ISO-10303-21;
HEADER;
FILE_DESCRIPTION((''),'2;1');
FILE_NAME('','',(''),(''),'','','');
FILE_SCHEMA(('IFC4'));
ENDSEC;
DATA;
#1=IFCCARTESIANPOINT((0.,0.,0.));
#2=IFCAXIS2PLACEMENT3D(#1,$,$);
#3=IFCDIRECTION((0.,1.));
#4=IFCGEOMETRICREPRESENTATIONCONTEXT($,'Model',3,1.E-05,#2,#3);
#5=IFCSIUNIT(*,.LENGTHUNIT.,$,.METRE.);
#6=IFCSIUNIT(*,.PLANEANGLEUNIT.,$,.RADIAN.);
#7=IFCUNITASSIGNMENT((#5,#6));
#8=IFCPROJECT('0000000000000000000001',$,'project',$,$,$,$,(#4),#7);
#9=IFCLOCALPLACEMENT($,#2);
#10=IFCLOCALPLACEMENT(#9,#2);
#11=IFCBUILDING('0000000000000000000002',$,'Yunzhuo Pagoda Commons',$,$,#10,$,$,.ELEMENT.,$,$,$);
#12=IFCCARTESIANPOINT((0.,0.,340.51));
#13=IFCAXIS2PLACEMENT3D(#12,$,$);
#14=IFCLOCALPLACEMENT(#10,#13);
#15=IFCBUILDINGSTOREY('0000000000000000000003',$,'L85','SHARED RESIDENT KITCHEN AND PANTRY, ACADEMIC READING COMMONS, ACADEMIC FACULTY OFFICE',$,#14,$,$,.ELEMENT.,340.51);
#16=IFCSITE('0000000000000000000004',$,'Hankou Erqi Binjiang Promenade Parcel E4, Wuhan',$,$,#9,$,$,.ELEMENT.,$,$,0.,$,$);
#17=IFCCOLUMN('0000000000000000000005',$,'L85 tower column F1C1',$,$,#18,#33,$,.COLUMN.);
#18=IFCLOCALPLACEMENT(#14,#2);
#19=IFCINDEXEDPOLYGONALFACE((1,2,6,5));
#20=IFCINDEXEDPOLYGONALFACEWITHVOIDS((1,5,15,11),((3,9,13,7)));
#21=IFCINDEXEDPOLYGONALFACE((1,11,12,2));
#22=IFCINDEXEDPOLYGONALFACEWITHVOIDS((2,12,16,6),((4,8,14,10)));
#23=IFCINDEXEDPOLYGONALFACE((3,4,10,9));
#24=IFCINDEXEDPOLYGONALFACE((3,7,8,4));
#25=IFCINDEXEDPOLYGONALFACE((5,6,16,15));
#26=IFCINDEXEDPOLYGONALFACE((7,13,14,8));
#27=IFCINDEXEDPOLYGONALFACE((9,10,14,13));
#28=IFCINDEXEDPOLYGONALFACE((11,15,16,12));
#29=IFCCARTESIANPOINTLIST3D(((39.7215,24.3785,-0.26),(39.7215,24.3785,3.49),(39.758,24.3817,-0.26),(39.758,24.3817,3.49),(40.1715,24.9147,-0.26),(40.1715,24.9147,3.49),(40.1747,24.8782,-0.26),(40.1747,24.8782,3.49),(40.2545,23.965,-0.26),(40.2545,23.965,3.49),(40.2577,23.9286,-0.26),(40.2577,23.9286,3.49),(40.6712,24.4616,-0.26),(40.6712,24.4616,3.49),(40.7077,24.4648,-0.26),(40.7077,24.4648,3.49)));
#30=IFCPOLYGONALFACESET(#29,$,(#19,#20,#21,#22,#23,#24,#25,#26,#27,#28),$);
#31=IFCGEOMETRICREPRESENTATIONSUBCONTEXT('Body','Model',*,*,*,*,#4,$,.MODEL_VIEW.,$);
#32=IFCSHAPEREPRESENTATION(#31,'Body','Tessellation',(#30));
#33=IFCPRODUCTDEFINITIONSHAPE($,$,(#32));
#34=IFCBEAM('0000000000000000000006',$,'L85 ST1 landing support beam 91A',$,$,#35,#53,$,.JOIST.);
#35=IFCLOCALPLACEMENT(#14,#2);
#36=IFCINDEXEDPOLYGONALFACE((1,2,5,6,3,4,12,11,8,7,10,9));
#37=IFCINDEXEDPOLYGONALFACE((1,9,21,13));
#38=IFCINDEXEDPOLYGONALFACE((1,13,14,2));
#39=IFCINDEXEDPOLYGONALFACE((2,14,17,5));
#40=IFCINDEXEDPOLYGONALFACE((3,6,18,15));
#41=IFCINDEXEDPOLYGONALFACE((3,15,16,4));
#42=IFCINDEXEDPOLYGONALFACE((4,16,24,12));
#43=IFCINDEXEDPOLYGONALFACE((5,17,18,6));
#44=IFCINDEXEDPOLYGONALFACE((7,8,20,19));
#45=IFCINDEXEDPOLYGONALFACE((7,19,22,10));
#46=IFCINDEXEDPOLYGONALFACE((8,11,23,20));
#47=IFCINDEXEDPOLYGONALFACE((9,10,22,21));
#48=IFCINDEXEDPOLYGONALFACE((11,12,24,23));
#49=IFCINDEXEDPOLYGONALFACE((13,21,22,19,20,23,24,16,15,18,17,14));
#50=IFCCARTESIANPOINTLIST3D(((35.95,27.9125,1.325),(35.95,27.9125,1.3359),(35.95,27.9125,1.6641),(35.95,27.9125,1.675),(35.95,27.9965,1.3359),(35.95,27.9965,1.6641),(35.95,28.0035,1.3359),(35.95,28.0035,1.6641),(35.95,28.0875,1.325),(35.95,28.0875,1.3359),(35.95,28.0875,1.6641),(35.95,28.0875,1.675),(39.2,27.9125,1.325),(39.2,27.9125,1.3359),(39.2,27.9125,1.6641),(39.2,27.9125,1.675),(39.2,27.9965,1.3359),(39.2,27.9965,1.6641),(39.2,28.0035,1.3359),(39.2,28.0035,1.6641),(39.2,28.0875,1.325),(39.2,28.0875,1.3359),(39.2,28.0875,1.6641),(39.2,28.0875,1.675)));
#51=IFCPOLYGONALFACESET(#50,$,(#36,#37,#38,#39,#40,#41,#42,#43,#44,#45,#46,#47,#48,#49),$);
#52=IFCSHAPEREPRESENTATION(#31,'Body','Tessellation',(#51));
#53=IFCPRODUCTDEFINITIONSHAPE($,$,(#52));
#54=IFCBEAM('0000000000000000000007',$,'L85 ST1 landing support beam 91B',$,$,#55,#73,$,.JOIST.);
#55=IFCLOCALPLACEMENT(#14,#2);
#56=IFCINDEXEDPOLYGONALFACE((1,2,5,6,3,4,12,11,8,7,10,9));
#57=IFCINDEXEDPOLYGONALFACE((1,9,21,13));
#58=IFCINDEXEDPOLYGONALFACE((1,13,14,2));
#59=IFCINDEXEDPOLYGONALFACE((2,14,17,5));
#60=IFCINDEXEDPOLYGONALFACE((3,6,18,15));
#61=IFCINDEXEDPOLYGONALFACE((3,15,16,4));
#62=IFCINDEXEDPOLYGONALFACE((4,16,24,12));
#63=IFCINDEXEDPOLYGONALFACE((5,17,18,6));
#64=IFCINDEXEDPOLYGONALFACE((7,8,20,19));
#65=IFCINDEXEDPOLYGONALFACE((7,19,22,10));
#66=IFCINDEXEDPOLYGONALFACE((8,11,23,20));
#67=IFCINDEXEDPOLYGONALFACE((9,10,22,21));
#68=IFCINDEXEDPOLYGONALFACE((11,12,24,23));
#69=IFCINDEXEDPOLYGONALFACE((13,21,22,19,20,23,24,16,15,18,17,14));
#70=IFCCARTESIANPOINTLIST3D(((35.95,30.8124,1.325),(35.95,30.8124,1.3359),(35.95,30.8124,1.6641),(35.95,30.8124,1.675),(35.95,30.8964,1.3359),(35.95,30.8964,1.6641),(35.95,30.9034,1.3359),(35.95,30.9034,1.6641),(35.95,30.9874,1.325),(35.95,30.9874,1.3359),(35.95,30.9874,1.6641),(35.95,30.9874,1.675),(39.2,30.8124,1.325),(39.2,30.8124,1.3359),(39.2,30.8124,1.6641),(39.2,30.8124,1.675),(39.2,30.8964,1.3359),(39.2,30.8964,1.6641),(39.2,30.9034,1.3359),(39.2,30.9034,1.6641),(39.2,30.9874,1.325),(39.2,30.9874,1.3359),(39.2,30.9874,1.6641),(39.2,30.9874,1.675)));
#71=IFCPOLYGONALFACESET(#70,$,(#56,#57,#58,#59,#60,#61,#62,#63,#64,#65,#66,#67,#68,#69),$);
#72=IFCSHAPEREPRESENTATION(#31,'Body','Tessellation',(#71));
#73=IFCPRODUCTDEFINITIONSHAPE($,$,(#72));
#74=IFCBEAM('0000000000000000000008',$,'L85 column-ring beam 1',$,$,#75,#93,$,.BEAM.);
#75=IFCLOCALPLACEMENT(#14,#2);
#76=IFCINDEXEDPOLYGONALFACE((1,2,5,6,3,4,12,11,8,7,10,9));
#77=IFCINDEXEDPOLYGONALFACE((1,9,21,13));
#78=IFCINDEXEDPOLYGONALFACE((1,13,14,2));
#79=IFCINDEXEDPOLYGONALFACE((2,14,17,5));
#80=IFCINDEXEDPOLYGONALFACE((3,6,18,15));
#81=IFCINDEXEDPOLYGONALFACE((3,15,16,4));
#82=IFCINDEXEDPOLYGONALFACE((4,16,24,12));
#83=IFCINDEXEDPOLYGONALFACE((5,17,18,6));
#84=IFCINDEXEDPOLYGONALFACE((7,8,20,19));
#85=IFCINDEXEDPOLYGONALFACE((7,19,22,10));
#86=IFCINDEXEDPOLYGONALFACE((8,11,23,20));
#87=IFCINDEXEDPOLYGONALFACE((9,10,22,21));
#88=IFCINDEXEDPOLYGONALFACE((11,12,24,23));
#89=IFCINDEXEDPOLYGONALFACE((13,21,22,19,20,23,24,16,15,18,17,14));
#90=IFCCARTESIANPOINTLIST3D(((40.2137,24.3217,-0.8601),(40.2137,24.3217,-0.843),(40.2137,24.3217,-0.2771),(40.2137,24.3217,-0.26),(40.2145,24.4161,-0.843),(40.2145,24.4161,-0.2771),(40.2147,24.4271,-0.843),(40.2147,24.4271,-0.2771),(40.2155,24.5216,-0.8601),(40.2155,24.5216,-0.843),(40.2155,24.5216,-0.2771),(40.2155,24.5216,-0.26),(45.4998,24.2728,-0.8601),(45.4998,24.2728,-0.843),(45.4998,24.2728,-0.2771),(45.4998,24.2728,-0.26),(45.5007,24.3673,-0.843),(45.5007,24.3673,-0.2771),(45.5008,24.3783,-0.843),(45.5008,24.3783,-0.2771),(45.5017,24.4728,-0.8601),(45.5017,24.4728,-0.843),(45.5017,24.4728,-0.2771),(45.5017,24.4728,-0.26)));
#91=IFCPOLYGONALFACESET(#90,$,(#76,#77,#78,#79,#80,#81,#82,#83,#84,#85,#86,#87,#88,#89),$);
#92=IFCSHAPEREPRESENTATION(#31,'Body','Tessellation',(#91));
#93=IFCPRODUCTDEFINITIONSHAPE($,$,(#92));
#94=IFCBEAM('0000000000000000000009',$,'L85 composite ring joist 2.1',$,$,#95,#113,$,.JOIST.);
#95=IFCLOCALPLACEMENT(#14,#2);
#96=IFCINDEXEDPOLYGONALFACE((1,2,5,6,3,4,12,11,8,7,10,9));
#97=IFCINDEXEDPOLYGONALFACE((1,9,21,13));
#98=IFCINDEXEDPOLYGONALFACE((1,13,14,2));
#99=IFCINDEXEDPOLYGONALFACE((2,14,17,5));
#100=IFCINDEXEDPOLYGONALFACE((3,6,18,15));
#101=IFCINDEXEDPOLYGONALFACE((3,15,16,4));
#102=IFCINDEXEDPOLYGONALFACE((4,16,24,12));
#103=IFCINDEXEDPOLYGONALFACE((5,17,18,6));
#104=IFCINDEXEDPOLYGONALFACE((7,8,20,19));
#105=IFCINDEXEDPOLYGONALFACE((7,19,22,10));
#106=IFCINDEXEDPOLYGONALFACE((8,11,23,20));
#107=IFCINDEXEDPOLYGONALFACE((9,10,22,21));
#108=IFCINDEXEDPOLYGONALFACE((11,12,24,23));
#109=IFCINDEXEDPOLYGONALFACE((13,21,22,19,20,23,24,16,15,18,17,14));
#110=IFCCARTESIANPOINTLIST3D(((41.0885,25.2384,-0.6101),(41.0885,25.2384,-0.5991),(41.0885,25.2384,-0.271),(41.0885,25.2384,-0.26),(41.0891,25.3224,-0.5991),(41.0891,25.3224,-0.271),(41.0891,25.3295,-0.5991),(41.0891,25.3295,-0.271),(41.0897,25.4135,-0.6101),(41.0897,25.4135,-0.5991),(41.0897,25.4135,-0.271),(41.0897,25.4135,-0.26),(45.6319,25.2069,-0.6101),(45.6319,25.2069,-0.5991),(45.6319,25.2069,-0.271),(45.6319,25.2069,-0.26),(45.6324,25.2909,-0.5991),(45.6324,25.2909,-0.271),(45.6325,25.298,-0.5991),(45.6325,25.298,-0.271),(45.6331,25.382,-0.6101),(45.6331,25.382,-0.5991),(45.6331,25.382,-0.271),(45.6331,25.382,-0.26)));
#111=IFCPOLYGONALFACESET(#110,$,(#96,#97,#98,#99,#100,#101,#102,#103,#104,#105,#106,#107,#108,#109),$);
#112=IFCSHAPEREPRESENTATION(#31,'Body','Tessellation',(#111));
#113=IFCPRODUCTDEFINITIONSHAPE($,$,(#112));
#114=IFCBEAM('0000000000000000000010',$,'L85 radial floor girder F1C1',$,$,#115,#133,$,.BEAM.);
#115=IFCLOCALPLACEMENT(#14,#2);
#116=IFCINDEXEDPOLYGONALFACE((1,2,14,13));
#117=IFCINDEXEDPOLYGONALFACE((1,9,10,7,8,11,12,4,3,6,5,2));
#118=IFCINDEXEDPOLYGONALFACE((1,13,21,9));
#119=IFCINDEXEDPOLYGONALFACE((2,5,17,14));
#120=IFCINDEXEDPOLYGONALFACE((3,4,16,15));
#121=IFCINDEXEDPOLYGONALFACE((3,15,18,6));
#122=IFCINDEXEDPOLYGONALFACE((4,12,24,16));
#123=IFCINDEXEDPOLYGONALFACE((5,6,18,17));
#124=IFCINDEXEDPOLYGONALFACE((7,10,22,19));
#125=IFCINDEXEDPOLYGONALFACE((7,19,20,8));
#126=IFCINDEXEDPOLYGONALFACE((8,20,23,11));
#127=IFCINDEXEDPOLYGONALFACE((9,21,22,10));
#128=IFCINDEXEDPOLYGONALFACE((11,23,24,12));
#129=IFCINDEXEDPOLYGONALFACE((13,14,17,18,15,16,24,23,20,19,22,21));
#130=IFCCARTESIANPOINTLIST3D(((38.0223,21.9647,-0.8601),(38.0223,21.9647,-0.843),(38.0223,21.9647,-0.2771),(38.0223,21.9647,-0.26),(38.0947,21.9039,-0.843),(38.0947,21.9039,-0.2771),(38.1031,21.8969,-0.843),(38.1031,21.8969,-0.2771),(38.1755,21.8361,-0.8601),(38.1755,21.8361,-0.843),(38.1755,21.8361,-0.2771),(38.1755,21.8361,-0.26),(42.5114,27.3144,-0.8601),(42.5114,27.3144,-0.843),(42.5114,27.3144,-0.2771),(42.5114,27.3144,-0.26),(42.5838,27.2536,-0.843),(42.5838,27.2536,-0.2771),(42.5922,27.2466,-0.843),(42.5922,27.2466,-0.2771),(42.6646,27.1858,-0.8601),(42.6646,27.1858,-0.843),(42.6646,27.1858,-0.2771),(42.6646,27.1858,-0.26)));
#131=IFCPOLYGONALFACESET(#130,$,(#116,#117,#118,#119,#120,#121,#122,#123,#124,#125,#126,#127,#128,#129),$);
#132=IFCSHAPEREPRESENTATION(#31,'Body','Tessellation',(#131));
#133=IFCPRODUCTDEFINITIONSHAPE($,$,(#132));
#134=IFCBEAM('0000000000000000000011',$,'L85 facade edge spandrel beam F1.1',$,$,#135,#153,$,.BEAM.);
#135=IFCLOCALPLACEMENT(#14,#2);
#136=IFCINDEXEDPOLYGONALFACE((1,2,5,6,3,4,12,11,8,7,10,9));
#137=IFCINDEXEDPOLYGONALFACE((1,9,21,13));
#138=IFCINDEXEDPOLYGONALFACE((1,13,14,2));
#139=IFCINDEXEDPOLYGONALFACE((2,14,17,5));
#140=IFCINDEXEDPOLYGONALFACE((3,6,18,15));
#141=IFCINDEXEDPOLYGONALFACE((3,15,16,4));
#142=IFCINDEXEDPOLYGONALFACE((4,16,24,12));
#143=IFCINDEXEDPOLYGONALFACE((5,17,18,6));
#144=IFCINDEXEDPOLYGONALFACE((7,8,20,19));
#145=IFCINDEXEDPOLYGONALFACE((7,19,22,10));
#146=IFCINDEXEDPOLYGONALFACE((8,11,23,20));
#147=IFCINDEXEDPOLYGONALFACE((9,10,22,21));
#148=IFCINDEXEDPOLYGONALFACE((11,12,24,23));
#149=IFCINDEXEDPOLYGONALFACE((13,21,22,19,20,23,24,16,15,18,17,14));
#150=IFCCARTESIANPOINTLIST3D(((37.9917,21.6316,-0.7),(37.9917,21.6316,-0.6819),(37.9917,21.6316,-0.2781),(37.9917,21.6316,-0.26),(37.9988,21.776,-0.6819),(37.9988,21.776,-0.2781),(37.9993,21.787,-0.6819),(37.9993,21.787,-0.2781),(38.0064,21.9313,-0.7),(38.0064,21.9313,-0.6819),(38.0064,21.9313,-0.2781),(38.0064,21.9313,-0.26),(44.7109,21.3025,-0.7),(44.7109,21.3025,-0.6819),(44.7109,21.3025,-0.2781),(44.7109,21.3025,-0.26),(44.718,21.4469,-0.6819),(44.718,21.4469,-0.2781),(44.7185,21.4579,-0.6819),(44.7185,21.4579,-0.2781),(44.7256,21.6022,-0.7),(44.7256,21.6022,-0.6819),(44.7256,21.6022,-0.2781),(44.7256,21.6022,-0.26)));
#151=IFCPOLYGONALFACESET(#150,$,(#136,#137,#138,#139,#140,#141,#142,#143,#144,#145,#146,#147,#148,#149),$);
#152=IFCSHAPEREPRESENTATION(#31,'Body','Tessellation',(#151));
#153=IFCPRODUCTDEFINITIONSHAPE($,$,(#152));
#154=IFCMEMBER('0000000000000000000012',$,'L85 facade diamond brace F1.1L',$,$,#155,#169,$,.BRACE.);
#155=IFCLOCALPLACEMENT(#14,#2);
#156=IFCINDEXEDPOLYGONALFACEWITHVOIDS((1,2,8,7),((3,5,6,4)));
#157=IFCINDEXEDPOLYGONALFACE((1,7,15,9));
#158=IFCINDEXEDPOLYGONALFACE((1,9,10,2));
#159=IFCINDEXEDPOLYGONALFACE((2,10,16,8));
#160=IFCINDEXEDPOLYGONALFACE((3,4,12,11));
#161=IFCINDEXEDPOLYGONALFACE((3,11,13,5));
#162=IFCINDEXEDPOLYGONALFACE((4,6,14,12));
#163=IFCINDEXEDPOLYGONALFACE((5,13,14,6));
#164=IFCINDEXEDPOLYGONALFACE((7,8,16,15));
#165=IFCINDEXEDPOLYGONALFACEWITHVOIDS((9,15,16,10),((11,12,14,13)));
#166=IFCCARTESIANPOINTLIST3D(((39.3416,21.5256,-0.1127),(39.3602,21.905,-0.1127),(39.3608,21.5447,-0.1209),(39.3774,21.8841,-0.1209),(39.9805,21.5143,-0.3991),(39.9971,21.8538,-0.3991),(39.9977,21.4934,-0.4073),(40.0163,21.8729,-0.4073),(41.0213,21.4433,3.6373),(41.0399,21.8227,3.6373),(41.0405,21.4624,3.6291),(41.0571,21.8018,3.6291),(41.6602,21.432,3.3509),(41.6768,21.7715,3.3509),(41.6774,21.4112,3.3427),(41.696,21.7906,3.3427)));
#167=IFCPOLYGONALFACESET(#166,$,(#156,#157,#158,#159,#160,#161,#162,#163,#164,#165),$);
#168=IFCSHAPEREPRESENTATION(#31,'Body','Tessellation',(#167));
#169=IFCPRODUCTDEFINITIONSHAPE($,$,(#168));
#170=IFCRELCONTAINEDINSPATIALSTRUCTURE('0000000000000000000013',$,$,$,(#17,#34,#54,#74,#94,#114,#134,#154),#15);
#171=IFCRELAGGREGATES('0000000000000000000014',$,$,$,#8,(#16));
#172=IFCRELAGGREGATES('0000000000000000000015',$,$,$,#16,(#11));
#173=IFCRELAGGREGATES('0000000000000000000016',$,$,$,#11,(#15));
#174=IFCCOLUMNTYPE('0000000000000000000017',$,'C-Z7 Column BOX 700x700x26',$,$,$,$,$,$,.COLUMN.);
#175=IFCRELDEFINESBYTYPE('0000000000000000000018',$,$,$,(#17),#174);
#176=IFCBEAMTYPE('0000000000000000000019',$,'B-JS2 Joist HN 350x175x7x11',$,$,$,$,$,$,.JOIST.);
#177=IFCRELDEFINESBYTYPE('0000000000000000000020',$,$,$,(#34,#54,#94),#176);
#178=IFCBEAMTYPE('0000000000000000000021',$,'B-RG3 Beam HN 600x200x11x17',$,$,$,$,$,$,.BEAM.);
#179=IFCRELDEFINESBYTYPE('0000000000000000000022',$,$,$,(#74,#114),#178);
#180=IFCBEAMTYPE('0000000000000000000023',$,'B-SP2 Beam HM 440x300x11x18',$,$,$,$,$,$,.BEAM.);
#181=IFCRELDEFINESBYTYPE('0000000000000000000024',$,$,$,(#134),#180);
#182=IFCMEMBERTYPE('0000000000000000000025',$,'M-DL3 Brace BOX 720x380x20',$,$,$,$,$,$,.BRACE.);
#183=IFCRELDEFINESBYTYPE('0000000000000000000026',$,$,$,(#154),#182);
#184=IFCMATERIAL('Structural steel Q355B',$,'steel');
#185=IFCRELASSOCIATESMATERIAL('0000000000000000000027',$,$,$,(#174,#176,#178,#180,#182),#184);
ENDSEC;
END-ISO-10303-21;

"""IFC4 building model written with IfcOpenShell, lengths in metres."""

from ifc_helpers import new_model, si_unit, direction, frame, origin, origin_2d, place, context, subcontext, project, spatial, hollow_rectangle, i_section, extrude, source, transform, mapped, material, material_profile, profile_set, type_object, element, save


model = new_model("IFC4")

# Units and contexts
model_context = context("Model", 3, precision=1e-05, world=origin(), true_north=direction((0.0, 1.0)))
body_context = subcontext(model_context, "Body", "Model", "MODEL_VIEW")
ifc_project = project(units=[si_unit("LENGTHUNIT", "METRE"), si_unit("PLANEANGLEUNIT", "RADIAN")], contexts=[model_context])

# Site, building, storey
site_placement = place(None, origin())
site = spatial("IfcSite", under=ifc_project, at=site_placement, Name="Hankou Erqi Binjiang Promenade Parcel E4, Wuhan", CompositionType="ELEMENT", RefElevation=0.0)
building_placement = place(site_placement, origin())
building = spatial("IfcBuilding", under=site, at=building_placement, Name="Yunzhuo Pagoda Commons", CompositionType="ELEMENT")
storey_placement = place(building_placement, frame((0.0, 0.0, 340.51)))
storey = spatial("IfcBuildingStorey", under=building, at=storey_placement, Name="L85", Description="SHARED RESIDENT KITCHEN AND PANTRY, ACADEMIC READING COMMONS, ACADEMIC FACULTY OFFICE", CompositionType="ELEMENT", Elevation=340.51)

# Column
ifc_material_1 = material(Name="Structural steel Q355B", Category="steel")
ifc_material_profile_1 = material_profile(ifc_material_1, hollow_rectangle(XDim=0.7, YDim=0.7, WallThickness=0.0259, at=origin_2d()), Name="Structural steel Q355B")
ifc_profile_set_1 = profile_set([ifc_material_profile_1], Name="Structural steel Q355B")
column_type = type_object("IfcColumnType", Name="C-Z7 Column BOX 700x700x26", PredefinedType="COLUMN", material=ifc_profile_set_1)
shared_shape_1 = source(origin(), body_context, "Body", "SweptSolid", [
    extrude(hollow_rectangle(XDim=0.7, YDim=0.7, WallThickness=0.0259, at=origin_2d()), origin(), (0.0, 0.0, 1.0), 3.75),
])
column_placement = place(storey_placement, frame((40.2146, 24.4216, -0.26), z_axis=(0.0, 0.0, 1.0), x_axis=(0.766044, -0.642788, 0.0)))
element("IfcColumn", 1, at=column_placement, inside=storey, type_object=column_type, Name="L85 tower column F1C1", PredefinedType="COLUMN", context=body_context, shape_type="MappedRepresentation", body=[
    mapped(shared_shape_1, transform((0.0, 0.0, 0.0), scale=1.0)),
])

# Beams
ifc_material_profile_2 = material_profile(ifc_material_1, i_section(OverallWidth=0.175, OverallDepth=0.3501, WebThickness=0.0071, FlangeThickness=0.011, at=origin_2d()), Name="Structural steel Q355B")
ifc_profile_set_2 = profile_set([ifc_material_profile_2], Name="Structural steel Q355B")
beam_type_1 = type_object("IfcBeamType", Name="B-JS2 Joist HN 350x175x7x11", PredefinedType="JOIST", material=ifc_profile_set_2)
shared_shape_2 = source(origin(), body_context, "Body", "SweptSolid", [
    extrude(i_section(OverallWidth=0.175, OverallDepth=0.3501, WebThickness=0.0071, FlangeThickness=0.011, at=origin_2d()), origin(), (0.0, 0.0, 1.0), 3.25),
])
for number, where, z_axis, x_axis, name in (
    (2, (35.95, 28.0, 1.5), (1.0, 0.0, 0.0), (0.0, 1.0, 0.0), "L85 ST1 landing support beam 91A"),
    (3, (35.95, 30.8999, 1.5), (1.0, 0.0, 0.0), (0.0, 1.0, 0.0), "L85 ST1 landing support beam 91B"),
):
    element("IfcBeam", number, at=place(storey_placement, frame(where, z_axis=z_axis, x_axis=x_axis)), inside=storey, type_object=beam_type_1, Name=name, PredefinedType="JOIST", context=body_context, shape_type="MappedRepresentation", body=[
        mapped(shared_shape_2, transform((0.0, 0.0, 0.0), scale=1.0)),
    ])
ifc_material_profile_3 = material_profile(ifc_material_1, i_section(OverallWidth=0.2, OverallDepth=0.6001, WebThickness=0.011, FlangeThickness=0.0171, at=origin_2d()), Name="Structural steel Q355B")
ifc_profile_set_3 = profile_set([ifc_material_profile_3], Name="Structural steel Q355B")
beam_type_2 = type_object("IfcBeamType", Name="B-RG3 Beam HN 600x200x11x17", PredefinedType="BEAM", material=ifc_profile_set_3)
shared_shape_3 = source(origin(), body_context, "Body", "SweptSolid", [
    extrude(i_section(OverallWidth=0.2, OverallDepth=0.6001, WebThickness=0.011, FlangeThickness=0.0171, at=origin_2d()), origin(), (0.0, 0.0, 1.0), 5.2864),
])
beam_1_placement = place(storey_placement, frame((40.2146, 24.4216, -0.5601), z_axis=(0.999957, -0.009237, 0.0), x_axis=(0.009237, 0.999957, 0.0)))
element("IfcBeam", 4, at=beam_1_placement, inside=storey, type_object=beam_type_2, Name="L85 column-ring beam 1", PredefinedType="BEAM", context=body_context, shape_type="MappedRepresentation", body=[
    mapped(shared_shape_3, transform((0.0, 0.0, 0.0), scale=1.0)),
])
shared_shape_4 = source(origin(), body_context, "Body", "SweptSolid", [
    extrude(i_section(OverallWidth=0.175, OverallDepth=0.3501, WebThickness=0.0071, FlangeThickness=0.011, at=origin_2d()), origin(), (0.0, 0.0, 1.0), 4.5435),
])
beam_2_placement = place(storey_placement, frame((41.0891, 25.3259, -0.4351), z_axis=(0.999976, -0.006932, 0.0), x_axis=(0.006932, 0.999976, 0.0)))
element("IfcBeam", 5, at=beam_2_placement, inside=storey, type_object=beam_type_1, Name="L85 composite ring joist 2.1", PredefinedType="JOIST", context=body_context, shape_type="MappedRepresentation", body=[
    mapped(shared_shape_4, transform((0.0, 0.0, 0.0), scale=1.0)),
])
shared_shape_5 = source(origin(), body_context, "Body", "SweptSolid", [
    extrude(i_section(OverallWidth=0.2, OverallDepth=0.6001, WebThickness=0.011, FlangeThickness=0.0171, at=origin_2d()), origin(), (0.0, 0.0, 1.0), 6.9836),
])
beam_3_placement = place(storey_placement, frame((38.0989, 21.9004, -0.5601), z_axis=(0.642801, 0.766033, 0.0), x_axis=(-0.766033, 0.642801, 0.0)))
element("IfcBeam", 6, at=beam_3_placement, inside=storey, type_object=beam_type_2, Name="L85 radial floor girder F1C1", PredefinedType="BEAM", context=body_context, shape_type="MappedRepresentation", body=[
    mapped(shared_shape_5, transform((0.0, 0.0, 0.0), scale=1.0)),
])
ifc_material_profile_4 = material_profile(ifc_material_1, i_section(OverallWidth=0.3, OverallDepth=0.4399, WebThickness=0.011, FlangeThickness=0.0181, at=origin_2d()), Name="Structural steel Q355B")
ifc_profile_set_4 = profile_set([ifc_material_profile_4], Name="Structural steel Q355B")
beam_type_3 = type_object("IfcBeamType", Name="B-SP2 Beam HM 440x300x11x18", PredefinedType="BEAM", material=ifc_profile_set_4)
shared_shape_6 = source(origin(), body_context, "Body", "SweptSolid", [
    extrude(i_section(OverallWidth=0.3, OverallDepth=0.4399, WebThickness=0.011, FlangeThickness=0.0181, at=origin_2d()), origin(), (0.0, 0.0, 1.0), 6.7273),
])
beam_4_placement = place(storey_placement, frame((37.999, 21.7815, -0.48), z_axis=(0.998803, -0.04892, 0.0), x_axis=(0.04892, 0.998803, 0.0)))
element("IfcBeam", 7, at=beam_4_placement, inside=storey, type_object=beam_type_3, Name="L85 facade edge spandrel beam F1.1", PredefinedType="BEAM", context=body_context, shape_type="MappedRepresentation", body=[
    mapped(shared_shape_6, transform((0.0, 0.0, 0.0), scale=1.0)),
])

# Member
ifc_material_profile_5 = material_profile(ifc_material_1, hollow_rectangle(XDim=0.3799, YDim=0.72, WallThickness=0.02, at=origin_2d()), Name="Structural steel Q355B")
ifc_profile_set_5 = profile_set([ifc_material_profile_5], Name="Structural steel Q355B")
member_type_1 = type_object("IfcMemberType", Name="M-DL3 Brace BOX 720x380x20", PredefinedType="BRACE", material=ifc_profile_set_5)
shared_shape_7 = source(origin(), body_context, "Body", "SweptSolid", [
    extrude(hollow_rectangle(XDim=0.3799, YDim=0.72, WallThickness=0.02, at=origin_2d()), origin(), (0.0, 0.0, 1.0), 4.1099),
])
member_1_placement = place(storey_placement, frame((39.679, 21.6992, -0.26), z_axis=(0.408701, -0.020019, 0.912449), x_axis=(0.048924, 0.998803, 0.0)))
element("IfcMember", 8, at=member_1_placement, inside=storey, type_object=member_type_1, Name="L85 facade diamond brace F1.1L", PredefinedType="BRACE", context=body_context, shape_type="MappedRepresentation", body=[
    mapped(shared_shape_7, transform((0.0, 0.0, 0.0), scale=1.0)),
])

save(model, "model.ifc")
